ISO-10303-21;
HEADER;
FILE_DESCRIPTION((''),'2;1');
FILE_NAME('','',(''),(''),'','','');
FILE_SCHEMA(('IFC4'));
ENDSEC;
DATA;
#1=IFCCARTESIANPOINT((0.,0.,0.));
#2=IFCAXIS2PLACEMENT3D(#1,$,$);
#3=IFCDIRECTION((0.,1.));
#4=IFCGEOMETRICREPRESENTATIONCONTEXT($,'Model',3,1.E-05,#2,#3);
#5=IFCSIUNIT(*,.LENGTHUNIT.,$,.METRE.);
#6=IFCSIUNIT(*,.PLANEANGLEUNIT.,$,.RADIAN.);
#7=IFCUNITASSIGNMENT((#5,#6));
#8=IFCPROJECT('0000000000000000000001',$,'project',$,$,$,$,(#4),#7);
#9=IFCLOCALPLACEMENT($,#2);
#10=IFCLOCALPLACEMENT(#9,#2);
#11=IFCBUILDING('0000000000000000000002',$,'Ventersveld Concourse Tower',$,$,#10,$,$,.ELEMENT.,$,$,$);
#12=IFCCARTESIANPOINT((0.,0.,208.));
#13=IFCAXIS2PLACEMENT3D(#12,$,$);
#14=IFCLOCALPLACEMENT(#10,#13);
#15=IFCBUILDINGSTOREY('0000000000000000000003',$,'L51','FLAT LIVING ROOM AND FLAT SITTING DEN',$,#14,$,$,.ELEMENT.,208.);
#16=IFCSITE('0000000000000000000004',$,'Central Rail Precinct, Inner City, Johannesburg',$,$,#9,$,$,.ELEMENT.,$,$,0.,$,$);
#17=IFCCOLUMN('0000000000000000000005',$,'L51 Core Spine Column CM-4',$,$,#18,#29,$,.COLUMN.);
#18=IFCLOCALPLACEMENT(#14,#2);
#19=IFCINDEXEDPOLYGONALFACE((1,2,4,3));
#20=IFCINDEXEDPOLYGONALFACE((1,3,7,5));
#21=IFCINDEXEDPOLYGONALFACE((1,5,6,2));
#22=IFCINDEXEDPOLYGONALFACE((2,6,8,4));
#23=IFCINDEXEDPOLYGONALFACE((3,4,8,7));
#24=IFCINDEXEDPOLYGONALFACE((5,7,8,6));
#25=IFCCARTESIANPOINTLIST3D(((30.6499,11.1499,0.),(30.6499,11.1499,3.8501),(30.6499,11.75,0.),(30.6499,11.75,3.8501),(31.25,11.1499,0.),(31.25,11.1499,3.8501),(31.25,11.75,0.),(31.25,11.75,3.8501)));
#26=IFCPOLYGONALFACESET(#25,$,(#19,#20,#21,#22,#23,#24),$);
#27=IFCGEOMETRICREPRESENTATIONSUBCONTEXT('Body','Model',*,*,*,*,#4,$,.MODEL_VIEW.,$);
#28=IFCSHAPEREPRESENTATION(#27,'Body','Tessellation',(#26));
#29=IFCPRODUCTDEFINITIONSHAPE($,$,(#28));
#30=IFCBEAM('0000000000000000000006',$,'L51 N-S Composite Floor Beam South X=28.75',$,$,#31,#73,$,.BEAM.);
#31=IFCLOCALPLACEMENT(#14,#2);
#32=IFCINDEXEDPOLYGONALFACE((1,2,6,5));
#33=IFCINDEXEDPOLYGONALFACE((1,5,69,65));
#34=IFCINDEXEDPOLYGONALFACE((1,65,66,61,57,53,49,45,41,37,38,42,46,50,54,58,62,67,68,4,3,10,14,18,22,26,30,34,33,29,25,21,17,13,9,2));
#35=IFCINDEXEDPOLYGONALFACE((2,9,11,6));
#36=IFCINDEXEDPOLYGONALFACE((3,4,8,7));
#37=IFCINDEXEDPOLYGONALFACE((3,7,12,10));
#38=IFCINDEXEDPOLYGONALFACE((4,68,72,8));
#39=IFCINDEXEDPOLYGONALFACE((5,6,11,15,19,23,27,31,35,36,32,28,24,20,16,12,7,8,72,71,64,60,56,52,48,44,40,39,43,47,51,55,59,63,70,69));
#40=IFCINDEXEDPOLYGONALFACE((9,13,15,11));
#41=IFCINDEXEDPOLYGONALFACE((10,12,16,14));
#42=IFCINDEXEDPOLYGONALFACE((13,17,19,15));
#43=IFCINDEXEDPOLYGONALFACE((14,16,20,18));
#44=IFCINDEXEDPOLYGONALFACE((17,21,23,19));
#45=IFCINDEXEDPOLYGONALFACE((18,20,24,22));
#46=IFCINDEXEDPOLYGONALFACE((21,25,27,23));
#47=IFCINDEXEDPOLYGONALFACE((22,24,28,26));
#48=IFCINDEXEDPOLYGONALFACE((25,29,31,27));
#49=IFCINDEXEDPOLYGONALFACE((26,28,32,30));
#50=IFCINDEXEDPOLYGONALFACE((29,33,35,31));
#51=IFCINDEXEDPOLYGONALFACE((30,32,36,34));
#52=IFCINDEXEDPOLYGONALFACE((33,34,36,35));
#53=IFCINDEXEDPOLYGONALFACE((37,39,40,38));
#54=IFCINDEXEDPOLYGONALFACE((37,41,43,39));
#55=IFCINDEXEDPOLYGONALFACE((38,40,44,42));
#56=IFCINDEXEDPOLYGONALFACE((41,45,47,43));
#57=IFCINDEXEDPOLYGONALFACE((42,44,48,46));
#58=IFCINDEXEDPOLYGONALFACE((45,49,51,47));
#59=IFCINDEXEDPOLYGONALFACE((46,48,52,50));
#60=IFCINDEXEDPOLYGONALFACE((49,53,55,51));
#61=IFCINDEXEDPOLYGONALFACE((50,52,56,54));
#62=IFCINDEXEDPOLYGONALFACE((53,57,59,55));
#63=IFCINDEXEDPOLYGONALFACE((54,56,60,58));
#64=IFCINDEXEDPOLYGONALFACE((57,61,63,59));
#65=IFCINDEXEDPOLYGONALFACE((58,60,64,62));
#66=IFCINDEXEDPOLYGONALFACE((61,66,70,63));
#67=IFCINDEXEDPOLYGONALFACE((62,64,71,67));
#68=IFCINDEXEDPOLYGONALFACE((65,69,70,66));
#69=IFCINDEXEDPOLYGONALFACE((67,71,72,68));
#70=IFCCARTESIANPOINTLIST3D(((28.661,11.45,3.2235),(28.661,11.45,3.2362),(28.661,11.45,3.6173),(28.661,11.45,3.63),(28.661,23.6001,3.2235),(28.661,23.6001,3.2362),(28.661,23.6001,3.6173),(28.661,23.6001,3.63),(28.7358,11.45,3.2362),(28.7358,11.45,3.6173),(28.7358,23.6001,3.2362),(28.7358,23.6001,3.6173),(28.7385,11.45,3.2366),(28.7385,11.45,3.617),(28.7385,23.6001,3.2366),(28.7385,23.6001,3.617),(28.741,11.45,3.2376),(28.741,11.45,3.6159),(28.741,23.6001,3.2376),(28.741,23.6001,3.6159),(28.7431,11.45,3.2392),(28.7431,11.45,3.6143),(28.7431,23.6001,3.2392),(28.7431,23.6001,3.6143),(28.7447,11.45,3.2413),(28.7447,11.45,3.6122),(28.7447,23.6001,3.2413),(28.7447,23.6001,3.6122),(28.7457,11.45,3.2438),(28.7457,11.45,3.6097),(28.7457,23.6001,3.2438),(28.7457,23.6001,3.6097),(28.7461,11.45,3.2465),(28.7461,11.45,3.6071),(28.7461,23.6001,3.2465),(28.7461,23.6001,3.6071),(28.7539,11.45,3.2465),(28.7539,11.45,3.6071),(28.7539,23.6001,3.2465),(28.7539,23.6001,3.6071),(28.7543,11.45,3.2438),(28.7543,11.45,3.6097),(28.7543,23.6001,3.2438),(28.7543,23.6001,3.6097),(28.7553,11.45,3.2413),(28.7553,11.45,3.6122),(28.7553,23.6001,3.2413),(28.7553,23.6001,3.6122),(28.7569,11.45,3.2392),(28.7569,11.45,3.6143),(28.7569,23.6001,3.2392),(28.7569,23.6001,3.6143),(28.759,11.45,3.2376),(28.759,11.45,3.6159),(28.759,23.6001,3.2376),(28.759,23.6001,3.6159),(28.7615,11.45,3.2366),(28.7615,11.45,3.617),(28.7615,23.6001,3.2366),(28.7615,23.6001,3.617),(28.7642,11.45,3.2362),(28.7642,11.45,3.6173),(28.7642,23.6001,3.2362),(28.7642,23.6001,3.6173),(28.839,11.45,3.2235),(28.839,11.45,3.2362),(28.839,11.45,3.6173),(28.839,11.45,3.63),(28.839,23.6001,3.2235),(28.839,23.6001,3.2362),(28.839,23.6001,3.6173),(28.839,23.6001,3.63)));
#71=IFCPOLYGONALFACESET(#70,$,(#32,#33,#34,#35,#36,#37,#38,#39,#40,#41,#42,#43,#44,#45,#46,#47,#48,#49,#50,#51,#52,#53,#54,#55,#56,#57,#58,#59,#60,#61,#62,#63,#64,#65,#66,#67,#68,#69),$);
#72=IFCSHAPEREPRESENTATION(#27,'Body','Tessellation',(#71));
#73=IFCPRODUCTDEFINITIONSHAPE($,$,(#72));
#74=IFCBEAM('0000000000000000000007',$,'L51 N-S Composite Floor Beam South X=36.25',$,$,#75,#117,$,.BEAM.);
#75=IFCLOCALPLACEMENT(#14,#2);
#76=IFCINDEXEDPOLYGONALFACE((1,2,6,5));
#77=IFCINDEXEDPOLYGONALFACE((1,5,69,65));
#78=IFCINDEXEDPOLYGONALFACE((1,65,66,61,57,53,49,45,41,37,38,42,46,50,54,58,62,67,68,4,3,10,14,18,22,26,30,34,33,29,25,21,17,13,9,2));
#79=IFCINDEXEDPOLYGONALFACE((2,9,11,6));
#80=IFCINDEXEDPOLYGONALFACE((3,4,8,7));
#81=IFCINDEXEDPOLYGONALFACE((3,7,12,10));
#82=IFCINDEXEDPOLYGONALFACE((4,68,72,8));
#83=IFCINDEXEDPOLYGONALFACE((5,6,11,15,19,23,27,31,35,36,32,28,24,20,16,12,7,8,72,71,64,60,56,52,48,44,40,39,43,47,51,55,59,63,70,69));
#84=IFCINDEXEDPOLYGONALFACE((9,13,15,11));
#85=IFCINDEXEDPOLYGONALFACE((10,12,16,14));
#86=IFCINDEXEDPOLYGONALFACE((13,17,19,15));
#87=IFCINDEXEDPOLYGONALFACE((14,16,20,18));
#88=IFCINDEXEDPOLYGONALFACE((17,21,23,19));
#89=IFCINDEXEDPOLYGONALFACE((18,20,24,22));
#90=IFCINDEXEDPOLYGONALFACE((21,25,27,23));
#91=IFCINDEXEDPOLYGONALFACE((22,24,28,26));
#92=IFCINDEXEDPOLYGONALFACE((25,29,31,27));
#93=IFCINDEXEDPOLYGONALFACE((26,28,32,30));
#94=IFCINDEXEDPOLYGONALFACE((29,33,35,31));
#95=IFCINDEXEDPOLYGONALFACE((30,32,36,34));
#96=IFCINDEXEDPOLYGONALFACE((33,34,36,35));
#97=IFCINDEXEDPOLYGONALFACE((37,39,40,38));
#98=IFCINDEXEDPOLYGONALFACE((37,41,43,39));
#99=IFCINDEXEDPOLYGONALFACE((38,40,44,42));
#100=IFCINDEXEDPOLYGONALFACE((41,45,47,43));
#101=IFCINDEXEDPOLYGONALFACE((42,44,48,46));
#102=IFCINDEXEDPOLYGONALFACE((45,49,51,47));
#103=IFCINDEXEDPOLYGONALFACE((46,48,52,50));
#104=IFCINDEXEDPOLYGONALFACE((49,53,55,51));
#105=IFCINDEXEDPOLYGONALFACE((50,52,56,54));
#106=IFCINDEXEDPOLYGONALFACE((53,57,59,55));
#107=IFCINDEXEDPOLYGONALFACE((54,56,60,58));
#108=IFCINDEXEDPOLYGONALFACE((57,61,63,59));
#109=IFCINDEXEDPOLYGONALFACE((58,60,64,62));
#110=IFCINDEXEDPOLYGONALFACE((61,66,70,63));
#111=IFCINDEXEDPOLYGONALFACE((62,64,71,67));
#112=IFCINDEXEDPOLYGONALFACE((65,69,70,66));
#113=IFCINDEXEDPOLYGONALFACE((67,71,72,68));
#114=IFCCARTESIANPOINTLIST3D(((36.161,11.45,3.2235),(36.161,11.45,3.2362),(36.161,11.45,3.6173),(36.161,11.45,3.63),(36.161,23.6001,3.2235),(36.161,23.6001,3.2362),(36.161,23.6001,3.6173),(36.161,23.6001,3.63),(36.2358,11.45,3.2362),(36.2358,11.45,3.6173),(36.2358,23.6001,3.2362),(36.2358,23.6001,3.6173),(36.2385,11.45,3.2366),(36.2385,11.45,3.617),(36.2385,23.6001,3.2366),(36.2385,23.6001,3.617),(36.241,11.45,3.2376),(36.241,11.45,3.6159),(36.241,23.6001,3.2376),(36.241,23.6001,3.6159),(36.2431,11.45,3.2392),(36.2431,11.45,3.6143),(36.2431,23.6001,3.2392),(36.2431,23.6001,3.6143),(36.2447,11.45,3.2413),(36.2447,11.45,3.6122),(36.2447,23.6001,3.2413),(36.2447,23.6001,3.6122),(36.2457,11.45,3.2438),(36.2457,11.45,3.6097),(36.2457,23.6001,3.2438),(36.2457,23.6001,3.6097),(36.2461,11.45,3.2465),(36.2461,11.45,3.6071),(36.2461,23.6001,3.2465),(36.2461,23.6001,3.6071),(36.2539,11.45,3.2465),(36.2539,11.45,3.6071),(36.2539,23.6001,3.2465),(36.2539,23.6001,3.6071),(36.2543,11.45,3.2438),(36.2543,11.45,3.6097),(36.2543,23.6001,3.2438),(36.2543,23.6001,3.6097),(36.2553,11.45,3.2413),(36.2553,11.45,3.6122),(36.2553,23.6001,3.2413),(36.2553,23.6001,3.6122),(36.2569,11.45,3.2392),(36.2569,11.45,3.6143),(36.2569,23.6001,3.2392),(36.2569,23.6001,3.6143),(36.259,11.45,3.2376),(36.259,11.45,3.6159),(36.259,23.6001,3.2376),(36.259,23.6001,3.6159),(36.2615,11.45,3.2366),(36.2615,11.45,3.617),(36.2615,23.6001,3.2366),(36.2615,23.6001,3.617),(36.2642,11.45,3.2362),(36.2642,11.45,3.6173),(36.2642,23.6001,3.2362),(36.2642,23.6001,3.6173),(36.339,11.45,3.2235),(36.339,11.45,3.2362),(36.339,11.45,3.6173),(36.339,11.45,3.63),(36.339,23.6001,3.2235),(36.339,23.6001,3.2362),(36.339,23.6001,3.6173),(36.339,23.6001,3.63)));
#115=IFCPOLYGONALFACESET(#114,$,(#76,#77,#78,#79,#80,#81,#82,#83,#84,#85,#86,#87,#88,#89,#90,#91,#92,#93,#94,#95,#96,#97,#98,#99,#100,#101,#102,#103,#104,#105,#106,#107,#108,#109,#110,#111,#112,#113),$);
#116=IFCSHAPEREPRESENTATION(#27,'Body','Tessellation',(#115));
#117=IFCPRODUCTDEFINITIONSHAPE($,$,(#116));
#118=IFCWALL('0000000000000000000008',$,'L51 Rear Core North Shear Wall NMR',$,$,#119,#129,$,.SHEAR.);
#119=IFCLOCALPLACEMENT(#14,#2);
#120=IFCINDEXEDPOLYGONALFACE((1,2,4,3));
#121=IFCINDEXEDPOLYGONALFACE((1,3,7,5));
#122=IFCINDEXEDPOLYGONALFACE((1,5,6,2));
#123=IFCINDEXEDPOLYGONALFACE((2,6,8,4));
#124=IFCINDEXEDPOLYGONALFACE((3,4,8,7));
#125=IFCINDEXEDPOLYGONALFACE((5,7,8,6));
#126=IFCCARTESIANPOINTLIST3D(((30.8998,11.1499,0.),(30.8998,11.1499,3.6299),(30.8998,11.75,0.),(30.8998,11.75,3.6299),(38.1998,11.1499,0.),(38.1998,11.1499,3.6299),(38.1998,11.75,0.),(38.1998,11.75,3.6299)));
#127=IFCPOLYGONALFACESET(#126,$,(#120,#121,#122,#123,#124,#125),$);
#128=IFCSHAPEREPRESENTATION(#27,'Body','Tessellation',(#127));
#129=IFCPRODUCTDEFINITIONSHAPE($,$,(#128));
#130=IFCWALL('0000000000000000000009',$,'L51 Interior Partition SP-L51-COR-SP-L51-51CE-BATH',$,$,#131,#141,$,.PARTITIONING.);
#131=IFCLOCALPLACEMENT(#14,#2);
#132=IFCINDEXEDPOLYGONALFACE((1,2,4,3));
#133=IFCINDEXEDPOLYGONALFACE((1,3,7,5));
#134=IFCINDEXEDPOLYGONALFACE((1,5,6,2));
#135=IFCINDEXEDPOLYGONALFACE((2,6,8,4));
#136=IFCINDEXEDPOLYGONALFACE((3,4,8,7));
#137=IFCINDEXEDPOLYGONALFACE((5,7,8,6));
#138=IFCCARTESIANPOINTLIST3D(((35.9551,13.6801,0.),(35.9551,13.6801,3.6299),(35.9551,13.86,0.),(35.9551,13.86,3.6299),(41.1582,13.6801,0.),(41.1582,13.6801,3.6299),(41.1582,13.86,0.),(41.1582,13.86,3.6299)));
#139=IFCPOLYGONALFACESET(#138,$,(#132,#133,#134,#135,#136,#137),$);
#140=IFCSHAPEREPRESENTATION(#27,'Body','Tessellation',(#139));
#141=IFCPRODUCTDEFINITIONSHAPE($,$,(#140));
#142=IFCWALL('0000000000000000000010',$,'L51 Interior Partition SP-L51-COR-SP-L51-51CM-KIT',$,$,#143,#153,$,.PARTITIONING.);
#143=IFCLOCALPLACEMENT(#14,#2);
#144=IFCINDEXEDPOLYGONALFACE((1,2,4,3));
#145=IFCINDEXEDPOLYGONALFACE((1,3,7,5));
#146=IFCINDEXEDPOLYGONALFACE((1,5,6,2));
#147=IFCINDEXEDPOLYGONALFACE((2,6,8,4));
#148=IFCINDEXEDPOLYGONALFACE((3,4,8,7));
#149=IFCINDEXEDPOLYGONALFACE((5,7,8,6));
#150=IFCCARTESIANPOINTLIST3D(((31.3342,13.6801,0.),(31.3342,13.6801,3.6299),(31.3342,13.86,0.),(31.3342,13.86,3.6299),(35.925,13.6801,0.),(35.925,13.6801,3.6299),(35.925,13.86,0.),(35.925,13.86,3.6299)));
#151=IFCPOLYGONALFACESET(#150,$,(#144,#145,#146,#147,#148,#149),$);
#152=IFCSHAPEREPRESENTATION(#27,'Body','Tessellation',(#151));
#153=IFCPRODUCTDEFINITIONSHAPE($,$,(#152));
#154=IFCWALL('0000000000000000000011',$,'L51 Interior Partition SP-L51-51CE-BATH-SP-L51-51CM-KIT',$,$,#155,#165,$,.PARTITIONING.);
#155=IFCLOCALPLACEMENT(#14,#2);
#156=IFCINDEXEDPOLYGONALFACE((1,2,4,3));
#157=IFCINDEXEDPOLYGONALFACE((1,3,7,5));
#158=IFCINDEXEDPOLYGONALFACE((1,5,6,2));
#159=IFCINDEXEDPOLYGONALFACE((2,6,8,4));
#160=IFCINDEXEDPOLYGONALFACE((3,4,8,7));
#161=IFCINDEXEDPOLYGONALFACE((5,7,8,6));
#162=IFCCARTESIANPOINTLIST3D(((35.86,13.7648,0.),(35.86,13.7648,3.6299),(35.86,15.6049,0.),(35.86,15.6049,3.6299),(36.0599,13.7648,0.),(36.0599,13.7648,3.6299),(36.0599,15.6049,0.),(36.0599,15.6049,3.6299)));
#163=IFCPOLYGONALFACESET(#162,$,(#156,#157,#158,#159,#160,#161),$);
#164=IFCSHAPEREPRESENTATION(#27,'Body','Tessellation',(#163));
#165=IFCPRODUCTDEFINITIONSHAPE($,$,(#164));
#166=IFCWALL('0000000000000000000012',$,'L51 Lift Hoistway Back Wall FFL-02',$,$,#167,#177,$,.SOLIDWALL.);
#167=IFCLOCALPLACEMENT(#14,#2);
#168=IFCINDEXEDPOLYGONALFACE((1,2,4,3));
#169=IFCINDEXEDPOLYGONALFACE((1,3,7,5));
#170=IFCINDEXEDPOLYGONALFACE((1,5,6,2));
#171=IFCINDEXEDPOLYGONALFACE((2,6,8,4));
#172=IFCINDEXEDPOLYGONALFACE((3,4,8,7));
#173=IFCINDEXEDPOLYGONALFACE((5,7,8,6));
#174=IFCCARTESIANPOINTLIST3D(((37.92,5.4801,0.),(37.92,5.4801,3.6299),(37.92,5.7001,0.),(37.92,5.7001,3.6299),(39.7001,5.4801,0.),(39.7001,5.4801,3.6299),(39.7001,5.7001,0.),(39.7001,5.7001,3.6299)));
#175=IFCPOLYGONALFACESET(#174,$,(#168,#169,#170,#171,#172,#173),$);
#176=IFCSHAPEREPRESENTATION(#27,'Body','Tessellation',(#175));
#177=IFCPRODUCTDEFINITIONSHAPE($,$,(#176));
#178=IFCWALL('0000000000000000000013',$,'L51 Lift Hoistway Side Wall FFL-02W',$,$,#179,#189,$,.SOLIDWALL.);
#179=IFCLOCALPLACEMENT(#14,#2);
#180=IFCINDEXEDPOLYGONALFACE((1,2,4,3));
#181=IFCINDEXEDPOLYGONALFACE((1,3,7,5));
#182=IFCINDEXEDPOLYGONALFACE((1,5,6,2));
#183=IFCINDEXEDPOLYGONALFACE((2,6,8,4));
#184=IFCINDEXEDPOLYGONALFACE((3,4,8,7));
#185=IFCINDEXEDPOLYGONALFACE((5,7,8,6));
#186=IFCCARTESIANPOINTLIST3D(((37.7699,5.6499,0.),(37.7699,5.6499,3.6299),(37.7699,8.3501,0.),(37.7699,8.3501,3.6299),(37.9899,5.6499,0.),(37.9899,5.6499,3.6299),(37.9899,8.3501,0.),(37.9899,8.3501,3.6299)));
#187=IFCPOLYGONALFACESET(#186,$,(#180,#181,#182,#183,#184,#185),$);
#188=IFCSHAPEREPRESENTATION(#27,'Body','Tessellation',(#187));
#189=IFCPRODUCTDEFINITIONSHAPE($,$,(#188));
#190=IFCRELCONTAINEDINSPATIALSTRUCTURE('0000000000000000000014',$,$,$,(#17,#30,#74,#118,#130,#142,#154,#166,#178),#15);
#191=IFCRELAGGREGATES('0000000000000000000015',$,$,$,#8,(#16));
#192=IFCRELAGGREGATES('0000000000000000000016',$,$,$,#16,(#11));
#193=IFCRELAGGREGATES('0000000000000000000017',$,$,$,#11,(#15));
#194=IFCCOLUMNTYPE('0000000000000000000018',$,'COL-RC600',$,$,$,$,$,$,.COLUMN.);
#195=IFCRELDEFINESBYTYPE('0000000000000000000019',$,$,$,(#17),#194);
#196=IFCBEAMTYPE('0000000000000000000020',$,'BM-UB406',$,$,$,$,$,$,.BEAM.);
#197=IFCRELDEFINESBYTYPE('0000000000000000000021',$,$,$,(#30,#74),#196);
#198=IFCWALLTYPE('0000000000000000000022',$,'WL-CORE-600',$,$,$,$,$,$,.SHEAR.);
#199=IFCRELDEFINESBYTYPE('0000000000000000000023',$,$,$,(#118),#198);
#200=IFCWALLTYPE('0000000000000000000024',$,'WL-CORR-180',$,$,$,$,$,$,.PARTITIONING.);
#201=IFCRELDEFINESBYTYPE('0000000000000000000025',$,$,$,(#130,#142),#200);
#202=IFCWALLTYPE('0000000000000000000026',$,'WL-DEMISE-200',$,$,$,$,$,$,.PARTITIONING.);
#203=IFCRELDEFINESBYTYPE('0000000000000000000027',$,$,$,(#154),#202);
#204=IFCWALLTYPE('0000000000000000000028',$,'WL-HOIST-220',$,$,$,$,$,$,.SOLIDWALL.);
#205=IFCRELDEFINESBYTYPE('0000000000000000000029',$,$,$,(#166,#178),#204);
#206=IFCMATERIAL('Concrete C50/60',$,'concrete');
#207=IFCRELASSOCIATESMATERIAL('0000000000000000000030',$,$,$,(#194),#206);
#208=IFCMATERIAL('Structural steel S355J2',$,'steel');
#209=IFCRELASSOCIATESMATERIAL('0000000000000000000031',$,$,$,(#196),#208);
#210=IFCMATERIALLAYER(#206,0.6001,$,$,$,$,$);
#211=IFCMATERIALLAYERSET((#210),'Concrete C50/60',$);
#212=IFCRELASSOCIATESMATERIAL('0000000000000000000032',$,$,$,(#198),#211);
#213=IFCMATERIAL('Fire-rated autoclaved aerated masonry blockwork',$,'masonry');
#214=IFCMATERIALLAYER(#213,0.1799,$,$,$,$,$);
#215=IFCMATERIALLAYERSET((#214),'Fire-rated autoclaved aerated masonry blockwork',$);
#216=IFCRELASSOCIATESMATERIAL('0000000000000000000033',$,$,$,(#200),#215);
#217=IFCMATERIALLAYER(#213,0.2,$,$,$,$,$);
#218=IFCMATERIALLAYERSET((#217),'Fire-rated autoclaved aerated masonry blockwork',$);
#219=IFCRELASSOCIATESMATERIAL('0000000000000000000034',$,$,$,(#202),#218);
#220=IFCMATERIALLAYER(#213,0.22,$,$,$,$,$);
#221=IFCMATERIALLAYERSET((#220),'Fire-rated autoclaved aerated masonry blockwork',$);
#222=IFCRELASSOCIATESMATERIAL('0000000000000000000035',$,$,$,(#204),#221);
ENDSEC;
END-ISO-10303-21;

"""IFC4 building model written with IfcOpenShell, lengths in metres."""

from ifc_helpers import new_model, si_unit, direction, frame, frame_2d, origin, origin_2d, place, context, subcontext, project, spatial, rectangle, i_section, extrude, material, layer, layer_set, material_profile, profile_set, type_object, element, save


model = new_model("IFC4")

# Units and contexts
model_context = context("Model", 3, precision=1e-05, world=origin(), true_north=direction((0.0, 1.0)))
body_context = subcontext(model_context, "Body", "Model", "MODEL_VIEW")
ifc_project = project(units=[si_unit("LENGTHUNIT", "METRE"), si_unit("PLANEANGLEUNIT", "RADIAN")], contexts=[model_context])

# Site, building, storey
site_placement = place(None, origin())
site = spatial("IfcSite", under=ifc_project, at=site_placement, Name="Central Rail Precinct, Inner City, Johannesburg", CompositionType="ELEMENT", RefElevation=0.0)
building_placement = place(site_placement, origin())
building = spatial("IfcBuilding", under=site, at=building_placement, Name="Ventersveld Concourse Tower", CompositionType="ELEMENT")
storey_placement = place(building_placement, frame((0.0, 0.0, 208.0)))
storey = spatial("IfcBuildingStorey", under=building, at=storey_placement, Name="L51", Description="FLAT LIVING ROOM AND FLAT SITTING DEN", CompositionType="ELEMENT", Elevation=208.0)

# Column
ifc_material_1 = material(Name="Concrete C50/60", Category="concrete")
ifc_material_profile_1 = material_profile(ifc_material_1, rectangle(XDim=0.6001, YDim=0.6001, at=origin_2d()), Name="RC 600x600")
ifc_profile_set_1 = profile_set([ifc_material_profile_1], Name="Concrete C50/60")
column_type = type_object("IfcColumnType", Name="COL-RC600", PredefinedType="COLUMN", material=ifc_profile_set_1)
column_placement = place(storey_placement, frame((30.95, 11.45, 0.0), z_axis=(0.0, 0.0, 1.0), x_axis=(1.0, 0.0, 0.0)))
element("IfcColumn", 1, at=column_placement, inside=storey, type_object=column_type, Name="L51 Core Spine Column CM-4", PredefinedType="COLUMN", context=body_context, shape_type="SweptSolid", body=[
    extrude(rectangle(XDim=0.6001, YDim=0.6001, at=origin_2d()), origin(), (0.0, 0.0, 1.0), 3.8501),
])

# Beams
ifc_material_2 = material(Name="Structural steel S355J2", Category="steel")
ifc_material_profile_2 = material_profile(ifc_material_2, i_section(OverallWidth=0.178, OverallDepth=0.4065, WebThickness=0.0078, FlangeThickness=0.0127, FilletRadius=0.0103, at=origin_2d()), Name="UB 406x178x60")
ifc_profile_set_2 = profile_set([ifc_material_profile_2], Name="Structural steel S355J2")
beam_type = type_object("IfcBeamType", Name="BM-UB406", PredefinedType="BEAM", material=ifc_profile_set_2)
for number, where, z_axis, x_axis, name in (
    (2, (28.75, 11.45, 3.4268), (0.0, 1.0, 0.0), (-1.0, 0.0, 0.0), "L51 N-S Composite Floor Beam South X=28.75"),
    (3, (36.25, 11.45, 3.4268), (0.0, 1.0, 0.0), (-1.0, 0.0, 0.0), "L51 N-S Composite Floor Beam South X=36.25"),
):
    element("IfcBeam", number, at=place(storey_placement, frame(where, z_axis=z_axis, x_axis=x_axis)), inside=storey, type_object=beam_type, Name=name, PredefinedType="BEAM", context=body_context, shape_type="SweptSolid", body=[
        extrude(i_section(OverallWidth=0.178, OverallDepth=0.4065, WebThickness=0.0078, FlangeThickness=0.0127, FilletRadius=0.0103, at=origin_2d()), origin(), (0.0, 0.0, 1.0), 12.1501),
    ])

# Walls
ifc_layer_1 = layer(ifc_material_1, 0.6001)
ifc_layer_set_1 = layer_set([ifc_layer_1], Name="Concrete C50/60")
wall_type_1 = type_object("IfcWallType", Name="WL-CORE-600", PredefinedType="SHEAR", material=ifc_layer_set_1)
wall_1_placement = place(storey_placement, frame((30.8999, 11.45, 0.0), z_axis=(0.0, 0.0, 1.0), x_axis=(1.0, 0.0, 0.0)))
element("IfcWall", 4, at=wall_1_placement, inside=storey, type_object=wall_type_1, Name="L51 Rear Core North Shear Wall NMR", PredefinedType="SHEAR", context=body_context, shape_type="SweptSolid", body=[
    extrude(rectangle(XDim=7.3, YDim=0.6001, at=frame_2d((3.6499, 0.0))), origin(), (0.0, 0.0, 1.0), 3.6299),
])
ifc_material_3 = material(Name="Fire-rated autoclaved aerated masonry blockwork", Category="masonry")
ifc_layer_2 = layer(ifc_material_3, 0.1799)
ifc_layer_set_2 = layer_set([ifc_layer_2], Name="Fire-rated autoclaved aerated masonry blockwork")
wall_type_2 = type_object("IfcWallType", Name="WL-CORR-180", PredefinedType="PARTITIONING", material=ifc_layer_set_2)
wall_2_placement = place(storey_placement, frame((35.9551, 13.77, 0.0), z_axis=(0.0, 0.0, 1.0), x_axis=(1.0, 0.0, 0.0)))
element("IfcWall", 5, at=wall_2_placement, inside=storey, type_object=wall_type_2, Name="L51 Interior Partition SP-L51-COR-SP-L51-51CE-BATH", PredefinedType="PARTITIONING", context=body_context, shape_type="SweptSolid", body=[
    extrude(rectangle(XDim=5.2031, YDim=0.1799, at=frame_2d((2.6016, 0.0))), origin(), (0.0, 0.0, 1.0), 3.6299),
])
wall_3_placement = place(storey_placement, frame((31.3342, 13.77, 0.0), z_axis=(0.0, 0.0, 1.0), x_axis=(1.0, 0.0, 0.0)))
element("IfcWall", 6, at=wall_3_placement, inside=storey, type_object=wall_type_2, Name="L51 Interior Partition SP-L51-COR-SP-L51-51CM-KIT", PredefinedType="PARTITIONING", context=body_context, shape_type="SweptSolid", body=[
    extrude(rectangle(XDim=4.5908, YDim=0.1799, at=frame_2d((2.2954, 0.0))), origin(), (0.0, 0.0, 1.0), 3.6299),
])
ifc_layer_3 = layer(ifc_material_3, 0.2)
ifc_layer_set_3 = layer_set([ifc_layer_3], Name="Fire-rated autoclaved aerated masonry blockwork")
wall_type_3 = type_object("IfcWallType", Name="WL-DEMISE-200", PredefinedType="PARTITIONING", material=ifc_layer_set_3)
wall_4_placement = place(storey_placement, frame((35.96, 13.7649, 0.0), z_axis=(0.0, 0.0, 1.0), x_axis=(0.0, 1.0, 0.0)))
element("IfcWall", 7, at=wall_4_placement, inside=storey, type_object=wall_type_3, Name="L51 Interior Partition SP-L51-51CE-BATH-SP-L51-51CM-KIT", PredefinedType="PARTITIONING", context=body_context, shape_type="SweptSolid", body=[
    extrude(rectangle(XDim=1.8401, YDim=0.2, at=frame_2d((0.9199, 0.0))), origin(), (0.0, 0.0, 1.0), 3.6299),
])
ifc_layer_4 = layer(ifc_material_3, 0.22)
ifc_layer_set_4 = layer_set([ifc_layer_4], Name="Fire-rated autoclaved aerated masonry blockwork")
wall_type_4 = type_object("IfcWallType", Name="WL-HOIST-220", PredefinedType="SOLIDWALL", material=ifc_layer_set_4)
wall_5_placement = place(storey_placement, frame((37.9199, 5.5901, 0.0), z_axis=(0.0, 0.0, 1.0), x_axis=(1.0, 0.0, 0.0)))
element("IfcWall", 8, at=wall_5_placement, inside=storey, type_object=wall_type_4, Name="L51 Lift Hoistway Back Wall FFL-02", PredefinedType="SOLIDWALL", context=body_context, shape_type="SweptSolid", body=[
    extrude(rectangle(XDim=1.78, YDim=0.22, at=frame_2d((0.8901, 0.0))), origin(), (0.0, 0.0, 1.0), 3.6299),
])
wall_6_placement = place(storey_placement, frame((37.8799, 5.6499, 0.0), z_axis=(0.0, 0.0, 1.0), x_axis=(0.0, 1.0, 0.0)))
element("IfcWall", 9, at=wall_6_placement, inside=storey, type_object=wall_type_4, Name="L51 Lift Hoistway Side Wall FFL-02W", PredefinedType="SOLIDWALL", context=body_context, shape_type="SweptSolid", body=[
    extrude(rectangle(XDim=2.7002, YDim=0.22, at=frame_2d((1.3501, 0.0))), origin(), (0.0, 0.0, 1.0), 3.6299),
])

save(model, "model.ifc")
